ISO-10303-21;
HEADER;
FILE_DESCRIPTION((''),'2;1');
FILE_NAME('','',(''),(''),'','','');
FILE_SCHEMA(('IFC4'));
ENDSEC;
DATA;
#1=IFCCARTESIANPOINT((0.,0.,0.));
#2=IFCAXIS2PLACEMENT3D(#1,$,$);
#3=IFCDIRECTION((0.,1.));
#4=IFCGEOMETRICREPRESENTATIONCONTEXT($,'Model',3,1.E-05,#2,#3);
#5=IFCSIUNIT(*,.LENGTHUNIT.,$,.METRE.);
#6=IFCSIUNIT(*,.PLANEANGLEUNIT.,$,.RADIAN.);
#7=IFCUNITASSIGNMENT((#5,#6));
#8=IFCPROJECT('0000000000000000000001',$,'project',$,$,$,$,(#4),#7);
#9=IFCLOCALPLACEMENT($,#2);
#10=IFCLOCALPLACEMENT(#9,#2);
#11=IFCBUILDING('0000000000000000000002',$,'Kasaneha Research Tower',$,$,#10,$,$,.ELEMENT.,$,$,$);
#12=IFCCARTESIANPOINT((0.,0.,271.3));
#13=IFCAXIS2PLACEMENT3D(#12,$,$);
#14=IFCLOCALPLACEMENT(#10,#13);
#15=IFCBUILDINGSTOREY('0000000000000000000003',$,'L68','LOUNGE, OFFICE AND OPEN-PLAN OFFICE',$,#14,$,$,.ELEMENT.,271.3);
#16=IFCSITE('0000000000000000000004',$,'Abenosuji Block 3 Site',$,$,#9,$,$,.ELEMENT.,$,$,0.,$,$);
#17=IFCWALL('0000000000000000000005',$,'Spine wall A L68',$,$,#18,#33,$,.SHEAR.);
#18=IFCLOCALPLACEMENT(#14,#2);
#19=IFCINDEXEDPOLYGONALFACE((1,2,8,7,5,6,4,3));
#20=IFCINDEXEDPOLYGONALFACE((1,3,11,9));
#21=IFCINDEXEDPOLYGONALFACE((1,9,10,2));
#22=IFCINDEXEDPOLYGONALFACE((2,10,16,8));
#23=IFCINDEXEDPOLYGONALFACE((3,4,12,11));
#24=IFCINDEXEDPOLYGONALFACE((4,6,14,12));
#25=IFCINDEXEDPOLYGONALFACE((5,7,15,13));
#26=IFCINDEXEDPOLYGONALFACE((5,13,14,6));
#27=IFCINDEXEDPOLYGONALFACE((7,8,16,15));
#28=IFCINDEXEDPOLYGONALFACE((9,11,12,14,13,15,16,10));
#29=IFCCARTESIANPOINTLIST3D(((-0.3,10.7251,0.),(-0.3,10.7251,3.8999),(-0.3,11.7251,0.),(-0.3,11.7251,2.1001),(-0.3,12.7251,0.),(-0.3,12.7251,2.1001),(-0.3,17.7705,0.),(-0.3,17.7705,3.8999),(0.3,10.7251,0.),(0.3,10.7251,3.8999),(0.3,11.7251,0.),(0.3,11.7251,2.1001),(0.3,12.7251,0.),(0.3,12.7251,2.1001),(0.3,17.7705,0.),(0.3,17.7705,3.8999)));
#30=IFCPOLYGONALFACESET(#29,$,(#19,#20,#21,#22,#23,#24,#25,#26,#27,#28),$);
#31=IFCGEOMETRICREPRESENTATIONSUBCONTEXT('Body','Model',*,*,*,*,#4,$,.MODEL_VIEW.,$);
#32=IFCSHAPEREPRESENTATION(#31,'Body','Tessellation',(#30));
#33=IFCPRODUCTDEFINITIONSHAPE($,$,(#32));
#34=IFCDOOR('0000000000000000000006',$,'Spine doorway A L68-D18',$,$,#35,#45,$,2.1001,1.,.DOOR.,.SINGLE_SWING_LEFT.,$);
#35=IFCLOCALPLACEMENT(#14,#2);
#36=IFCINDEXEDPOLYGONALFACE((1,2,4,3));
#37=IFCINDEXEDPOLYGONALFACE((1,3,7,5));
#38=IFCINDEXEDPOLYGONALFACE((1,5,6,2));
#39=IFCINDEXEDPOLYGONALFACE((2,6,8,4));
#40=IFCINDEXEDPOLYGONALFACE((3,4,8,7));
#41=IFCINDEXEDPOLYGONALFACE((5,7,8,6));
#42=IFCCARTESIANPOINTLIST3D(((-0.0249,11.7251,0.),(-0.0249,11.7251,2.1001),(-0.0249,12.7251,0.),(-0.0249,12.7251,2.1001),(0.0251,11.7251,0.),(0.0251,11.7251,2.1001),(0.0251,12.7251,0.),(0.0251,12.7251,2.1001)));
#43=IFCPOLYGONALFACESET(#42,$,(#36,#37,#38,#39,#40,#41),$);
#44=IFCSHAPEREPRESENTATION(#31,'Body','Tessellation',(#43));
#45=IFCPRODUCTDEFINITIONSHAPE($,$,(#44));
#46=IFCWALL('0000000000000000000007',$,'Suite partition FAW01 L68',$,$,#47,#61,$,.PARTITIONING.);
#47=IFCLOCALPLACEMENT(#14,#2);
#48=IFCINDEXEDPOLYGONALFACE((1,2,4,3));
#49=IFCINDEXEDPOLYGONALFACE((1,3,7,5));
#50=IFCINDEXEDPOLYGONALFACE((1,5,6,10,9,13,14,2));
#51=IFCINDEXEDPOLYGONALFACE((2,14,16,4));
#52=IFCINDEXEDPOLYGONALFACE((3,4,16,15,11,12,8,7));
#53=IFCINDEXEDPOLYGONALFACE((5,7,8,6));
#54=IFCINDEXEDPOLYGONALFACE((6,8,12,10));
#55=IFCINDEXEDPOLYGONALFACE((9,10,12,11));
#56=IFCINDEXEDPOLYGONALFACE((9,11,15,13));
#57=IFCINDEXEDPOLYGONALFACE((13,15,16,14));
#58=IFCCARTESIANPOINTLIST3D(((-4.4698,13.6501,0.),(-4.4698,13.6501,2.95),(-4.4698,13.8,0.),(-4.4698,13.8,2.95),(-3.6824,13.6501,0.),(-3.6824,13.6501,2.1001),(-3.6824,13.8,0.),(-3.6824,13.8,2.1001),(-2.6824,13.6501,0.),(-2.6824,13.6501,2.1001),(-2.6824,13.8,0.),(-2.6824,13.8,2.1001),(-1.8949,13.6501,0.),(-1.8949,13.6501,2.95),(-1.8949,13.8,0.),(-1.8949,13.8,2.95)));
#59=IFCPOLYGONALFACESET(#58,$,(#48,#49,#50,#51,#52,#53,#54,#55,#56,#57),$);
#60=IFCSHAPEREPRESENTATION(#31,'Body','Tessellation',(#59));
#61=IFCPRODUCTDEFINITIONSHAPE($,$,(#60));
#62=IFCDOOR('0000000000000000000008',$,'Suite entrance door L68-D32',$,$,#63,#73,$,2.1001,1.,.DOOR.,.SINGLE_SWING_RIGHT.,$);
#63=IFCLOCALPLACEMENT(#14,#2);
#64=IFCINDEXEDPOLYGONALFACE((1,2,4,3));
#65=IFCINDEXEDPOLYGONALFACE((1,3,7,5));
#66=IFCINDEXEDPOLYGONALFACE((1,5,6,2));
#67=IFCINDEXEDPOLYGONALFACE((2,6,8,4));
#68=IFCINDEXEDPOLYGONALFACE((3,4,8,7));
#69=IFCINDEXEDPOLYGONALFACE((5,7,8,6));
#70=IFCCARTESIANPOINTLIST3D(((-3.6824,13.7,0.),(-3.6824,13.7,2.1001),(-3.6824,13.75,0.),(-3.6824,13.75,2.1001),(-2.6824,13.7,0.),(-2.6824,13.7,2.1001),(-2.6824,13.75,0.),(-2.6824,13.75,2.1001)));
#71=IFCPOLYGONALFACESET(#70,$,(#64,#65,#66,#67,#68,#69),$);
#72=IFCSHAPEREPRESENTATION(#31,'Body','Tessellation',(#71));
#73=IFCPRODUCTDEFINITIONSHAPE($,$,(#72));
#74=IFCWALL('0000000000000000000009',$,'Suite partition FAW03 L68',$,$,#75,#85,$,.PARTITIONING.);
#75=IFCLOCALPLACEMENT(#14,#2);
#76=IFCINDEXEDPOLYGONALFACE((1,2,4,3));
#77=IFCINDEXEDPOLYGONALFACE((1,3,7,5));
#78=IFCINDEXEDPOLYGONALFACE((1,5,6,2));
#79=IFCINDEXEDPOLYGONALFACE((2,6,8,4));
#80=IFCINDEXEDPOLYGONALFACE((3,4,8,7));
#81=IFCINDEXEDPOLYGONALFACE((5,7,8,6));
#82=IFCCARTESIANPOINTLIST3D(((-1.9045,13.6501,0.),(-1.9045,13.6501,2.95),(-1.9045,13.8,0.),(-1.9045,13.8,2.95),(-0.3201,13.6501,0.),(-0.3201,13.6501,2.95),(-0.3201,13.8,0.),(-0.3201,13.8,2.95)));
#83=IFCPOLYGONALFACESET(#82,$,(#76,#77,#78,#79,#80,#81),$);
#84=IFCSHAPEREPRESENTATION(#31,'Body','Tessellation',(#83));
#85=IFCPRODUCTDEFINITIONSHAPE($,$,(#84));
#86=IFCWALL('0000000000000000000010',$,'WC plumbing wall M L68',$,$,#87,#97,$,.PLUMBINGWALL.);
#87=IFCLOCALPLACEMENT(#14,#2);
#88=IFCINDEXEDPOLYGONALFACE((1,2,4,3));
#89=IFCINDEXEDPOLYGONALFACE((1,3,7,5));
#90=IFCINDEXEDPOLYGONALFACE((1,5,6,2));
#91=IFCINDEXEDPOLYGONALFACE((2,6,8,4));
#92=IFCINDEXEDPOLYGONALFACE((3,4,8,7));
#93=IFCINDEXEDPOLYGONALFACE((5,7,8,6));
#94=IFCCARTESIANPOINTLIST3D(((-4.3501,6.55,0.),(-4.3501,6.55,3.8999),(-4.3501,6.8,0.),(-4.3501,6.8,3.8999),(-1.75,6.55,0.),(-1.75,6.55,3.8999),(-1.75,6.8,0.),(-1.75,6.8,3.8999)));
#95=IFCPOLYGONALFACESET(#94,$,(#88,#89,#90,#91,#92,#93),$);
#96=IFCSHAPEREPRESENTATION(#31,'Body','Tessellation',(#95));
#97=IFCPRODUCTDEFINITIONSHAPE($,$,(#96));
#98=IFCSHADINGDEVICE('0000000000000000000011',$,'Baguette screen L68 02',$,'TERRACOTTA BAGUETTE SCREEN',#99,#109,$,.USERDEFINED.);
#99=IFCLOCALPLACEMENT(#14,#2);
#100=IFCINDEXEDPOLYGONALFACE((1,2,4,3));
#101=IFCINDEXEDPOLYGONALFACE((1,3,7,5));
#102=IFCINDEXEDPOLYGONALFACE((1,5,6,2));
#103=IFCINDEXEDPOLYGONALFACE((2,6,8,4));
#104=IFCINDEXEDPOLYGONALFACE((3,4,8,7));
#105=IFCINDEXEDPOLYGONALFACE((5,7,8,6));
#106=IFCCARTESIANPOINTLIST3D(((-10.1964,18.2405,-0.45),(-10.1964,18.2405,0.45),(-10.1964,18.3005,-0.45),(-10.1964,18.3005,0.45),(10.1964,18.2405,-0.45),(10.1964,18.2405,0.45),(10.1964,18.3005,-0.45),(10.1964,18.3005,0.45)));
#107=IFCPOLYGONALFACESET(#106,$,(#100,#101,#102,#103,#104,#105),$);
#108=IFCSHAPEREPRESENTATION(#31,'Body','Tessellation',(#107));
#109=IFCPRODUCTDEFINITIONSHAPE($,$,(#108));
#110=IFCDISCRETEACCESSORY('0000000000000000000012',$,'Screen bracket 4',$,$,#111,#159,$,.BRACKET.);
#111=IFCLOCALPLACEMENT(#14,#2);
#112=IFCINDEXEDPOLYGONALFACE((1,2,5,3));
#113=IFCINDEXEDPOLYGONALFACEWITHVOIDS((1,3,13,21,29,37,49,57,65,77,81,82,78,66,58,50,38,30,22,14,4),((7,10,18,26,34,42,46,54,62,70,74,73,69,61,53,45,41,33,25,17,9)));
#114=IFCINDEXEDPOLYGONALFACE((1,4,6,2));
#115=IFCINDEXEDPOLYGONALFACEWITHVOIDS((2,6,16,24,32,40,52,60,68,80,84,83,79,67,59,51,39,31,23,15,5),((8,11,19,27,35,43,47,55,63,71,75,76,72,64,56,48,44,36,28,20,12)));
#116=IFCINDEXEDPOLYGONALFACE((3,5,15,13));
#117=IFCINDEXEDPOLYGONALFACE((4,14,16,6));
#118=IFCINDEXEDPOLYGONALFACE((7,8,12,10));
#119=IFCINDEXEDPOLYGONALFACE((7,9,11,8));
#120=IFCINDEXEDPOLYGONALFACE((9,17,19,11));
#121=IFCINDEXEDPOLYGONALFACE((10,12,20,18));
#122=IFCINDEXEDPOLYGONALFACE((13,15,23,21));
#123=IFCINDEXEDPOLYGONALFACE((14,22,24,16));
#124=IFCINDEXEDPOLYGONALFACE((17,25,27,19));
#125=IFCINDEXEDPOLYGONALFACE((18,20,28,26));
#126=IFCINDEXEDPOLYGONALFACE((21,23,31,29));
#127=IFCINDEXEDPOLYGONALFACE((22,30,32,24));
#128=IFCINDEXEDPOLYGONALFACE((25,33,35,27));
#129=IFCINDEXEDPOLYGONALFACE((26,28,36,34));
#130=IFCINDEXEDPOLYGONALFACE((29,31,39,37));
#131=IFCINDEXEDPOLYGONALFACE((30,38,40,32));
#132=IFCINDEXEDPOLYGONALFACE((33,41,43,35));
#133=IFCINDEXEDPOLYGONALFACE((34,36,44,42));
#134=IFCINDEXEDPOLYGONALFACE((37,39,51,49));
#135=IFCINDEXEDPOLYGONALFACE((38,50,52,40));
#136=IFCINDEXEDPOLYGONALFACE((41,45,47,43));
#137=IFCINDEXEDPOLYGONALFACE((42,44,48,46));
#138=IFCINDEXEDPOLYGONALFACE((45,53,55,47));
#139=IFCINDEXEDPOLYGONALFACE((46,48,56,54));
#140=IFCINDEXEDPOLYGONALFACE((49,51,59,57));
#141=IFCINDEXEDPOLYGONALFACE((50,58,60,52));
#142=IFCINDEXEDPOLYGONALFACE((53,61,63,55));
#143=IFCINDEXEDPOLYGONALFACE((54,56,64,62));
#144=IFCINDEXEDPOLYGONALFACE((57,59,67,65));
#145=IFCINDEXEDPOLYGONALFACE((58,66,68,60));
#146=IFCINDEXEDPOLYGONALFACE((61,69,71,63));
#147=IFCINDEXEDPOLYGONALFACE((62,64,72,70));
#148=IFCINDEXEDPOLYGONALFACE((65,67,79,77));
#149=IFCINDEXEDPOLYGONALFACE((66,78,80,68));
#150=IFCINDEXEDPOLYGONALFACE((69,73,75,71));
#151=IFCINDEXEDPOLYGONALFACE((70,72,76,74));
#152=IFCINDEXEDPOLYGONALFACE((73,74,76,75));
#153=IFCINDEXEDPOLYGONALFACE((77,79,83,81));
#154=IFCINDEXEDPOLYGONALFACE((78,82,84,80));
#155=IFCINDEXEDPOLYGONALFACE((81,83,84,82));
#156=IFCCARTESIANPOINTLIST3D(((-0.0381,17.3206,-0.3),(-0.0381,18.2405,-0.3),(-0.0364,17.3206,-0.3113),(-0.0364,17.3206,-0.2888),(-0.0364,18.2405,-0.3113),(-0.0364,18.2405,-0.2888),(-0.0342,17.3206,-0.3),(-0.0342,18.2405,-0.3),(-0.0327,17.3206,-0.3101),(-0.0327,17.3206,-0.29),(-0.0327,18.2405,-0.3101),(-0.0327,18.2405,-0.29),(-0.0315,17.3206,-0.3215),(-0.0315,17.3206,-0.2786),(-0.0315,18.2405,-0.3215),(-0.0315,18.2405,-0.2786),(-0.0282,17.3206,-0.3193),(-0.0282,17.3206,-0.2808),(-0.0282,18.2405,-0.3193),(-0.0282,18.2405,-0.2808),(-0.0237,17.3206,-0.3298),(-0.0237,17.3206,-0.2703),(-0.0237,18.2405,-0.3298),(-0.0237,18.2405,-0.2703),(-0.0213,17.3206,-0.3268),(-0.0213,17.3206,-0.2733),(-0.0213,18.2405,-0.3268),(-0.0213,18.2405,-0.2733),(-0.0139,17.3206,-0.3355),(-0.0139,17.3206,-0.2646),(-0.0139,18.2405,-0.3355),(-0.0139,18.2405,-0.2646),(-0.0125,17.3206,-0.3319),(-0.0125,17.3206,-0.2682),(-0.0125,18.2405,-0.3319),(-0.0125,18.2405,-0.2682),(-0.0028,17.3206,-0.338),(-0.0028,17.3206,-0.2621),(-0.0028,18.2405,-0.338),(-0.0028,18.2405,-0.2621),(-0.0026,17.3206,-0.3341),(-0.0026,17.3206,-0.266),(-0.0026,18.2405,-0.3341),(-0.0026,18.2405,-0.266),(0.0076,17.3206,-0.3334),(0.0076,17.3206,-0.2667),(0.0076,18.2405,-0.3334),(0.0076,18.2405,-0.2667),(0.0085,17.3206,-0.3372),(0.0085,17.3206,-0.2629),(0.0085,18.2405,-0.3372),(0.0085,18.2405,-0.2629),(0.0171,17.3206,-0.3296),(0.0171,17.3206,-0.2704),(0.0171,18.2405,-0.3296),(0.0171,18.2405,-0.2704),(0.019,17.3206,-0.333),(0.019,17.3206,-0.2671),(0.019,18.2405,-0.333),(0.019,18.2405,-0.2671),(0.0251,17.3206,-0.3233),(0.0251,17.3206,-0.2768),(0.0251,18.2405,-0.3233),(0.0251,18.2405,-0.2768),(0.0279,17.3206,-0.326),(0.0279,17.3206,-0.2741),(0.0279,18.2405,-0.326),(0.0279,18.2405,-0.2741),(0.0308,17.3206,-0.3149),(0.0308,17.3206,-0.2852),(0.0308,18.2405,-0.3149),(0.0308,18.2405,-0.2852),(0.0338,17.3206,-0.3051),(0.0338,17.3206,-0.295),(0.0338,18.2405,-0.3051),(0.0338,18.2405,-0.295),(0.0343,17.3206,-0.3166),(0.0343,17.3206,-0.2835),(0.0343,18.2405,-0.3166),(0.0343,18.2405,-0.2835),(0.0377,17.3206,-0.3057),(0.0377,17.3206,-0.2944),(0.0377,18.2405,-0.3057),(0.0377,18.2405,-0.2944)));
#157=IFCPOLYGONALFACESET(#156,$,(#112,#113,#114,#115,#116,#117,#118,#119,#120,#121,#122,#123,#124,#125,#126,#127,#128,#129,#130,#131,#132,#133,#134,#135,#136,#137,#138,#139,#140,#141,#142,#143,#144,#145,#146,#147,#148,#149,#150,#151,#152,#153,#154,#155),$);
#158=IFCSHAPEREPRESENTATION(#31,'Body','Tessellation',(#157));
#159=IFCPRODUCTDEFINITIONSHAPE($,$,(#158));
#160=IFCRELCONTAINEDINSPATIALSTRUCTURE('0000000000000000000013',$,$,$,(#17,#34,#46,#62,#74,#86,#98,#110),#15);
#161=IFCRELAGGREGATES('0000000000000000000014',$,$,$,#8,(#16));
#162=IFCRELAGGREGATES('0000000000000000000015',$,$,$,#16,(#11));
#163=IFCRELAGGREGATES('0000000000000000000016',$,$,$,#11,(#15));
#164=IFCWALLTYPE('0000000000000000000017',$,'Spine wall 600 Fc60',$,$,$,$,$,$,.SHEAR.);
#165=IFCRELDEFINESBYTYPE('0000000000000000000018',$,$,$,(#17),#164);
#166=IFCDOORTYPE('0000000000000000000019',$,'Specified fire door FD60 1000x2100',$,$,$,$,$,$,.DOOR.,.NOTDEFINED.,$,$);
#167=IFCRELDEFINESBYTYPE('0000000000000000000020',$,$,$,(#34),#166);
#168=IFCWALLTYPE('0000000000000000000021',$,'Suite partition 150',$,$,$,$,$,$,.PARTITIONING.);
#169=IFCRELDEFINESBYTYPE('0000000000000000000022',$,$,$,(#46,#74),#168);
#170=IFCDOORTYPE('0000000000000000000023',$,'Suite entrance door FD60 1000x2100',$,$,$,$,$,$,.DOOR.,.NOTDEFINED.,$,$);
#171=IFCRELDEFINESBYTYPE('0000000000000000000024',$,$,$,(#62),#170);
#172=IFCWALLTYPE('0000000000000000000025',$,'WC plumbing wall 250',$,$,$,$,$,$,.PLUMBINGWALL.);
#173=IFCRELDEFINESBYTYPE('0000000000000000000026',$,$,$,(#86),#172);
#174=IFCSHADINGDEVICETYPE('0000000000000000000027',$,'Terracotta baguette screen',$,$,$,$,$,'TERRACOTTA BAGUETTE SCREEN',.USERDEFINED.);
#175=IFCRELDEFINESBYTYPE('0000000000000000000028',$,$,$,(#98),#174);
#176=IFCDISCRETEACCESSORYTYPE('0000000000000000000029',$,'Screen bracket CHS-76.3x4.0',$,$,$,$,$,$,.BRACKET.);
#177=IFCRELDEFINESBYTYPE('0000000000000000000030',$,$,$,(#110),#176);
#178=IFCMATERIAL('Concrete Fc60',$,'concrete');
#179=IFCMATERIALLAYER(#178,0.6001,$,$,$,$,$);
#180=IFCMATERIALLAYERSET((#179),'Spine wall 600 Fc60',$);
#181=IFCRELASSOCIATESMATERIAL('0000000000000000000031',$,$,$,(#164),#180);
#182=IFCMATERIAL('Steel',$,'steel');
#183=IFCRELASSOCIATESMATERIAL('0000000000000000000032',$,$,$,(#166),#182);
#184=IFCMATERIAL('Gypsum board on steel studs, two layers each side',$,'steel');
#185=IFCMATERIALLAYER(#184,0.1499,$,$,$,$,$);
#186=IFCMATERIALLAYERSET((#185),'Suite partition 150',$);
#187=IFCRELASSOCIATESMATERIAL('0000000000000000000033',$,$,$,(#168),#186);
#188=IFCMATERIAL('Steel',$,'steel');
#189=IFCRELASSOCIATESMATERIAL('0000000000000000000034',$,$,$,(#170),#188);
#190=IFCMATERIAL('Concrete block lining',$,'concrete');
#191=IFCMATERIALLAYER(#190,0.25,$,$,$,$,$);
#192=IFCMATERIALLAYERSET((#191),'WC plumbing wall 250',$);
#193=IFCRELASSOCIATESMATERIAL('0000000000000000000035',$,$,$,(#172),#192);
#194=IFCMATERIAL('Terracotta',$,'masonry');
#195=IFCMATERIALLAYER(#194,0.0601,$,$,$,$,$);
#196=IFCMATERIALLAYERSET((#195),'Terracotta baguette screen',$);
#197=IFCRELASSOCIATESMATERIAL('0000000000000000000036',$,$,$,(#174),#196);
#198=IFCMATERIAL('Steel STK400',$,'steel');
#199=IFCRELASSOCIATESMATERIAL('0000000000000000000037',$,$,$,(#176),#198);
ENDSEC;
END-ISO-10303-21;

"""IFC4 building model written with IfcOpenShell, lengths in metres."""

from ifc_helpers import new_model, si_unit, direction, frame, frame_2d, origin, origin_2d, place, context, subcontext, project, spatial, rectangle, hollow_circle, extrude, material, layer, layer_set, material_profile, profile_set, type_object, element, fill, save


model = new_model("IFC4")

# Units and contexts
model_context = context("Model", 3, precision=1e-05, world=origin(), true_north=direction((0.0, 1.0)))
body_context = subcontext(model_context, "Body", "Model", "MODEL_VIEW")
ifc_project = project(units=[si_unit("LENGTHUNIT", "METRE"), si_unit("PLANEANGLEUNIT", "RADIAN")], contexts=[model_context])

# Site, building, storey
site_placement = place(None, origin())
site = spatial("IfcSite", under=ifc_project, at=site_placement, Name="Abenosuji Block 3 Site", CompositionType="ELEMENT", RefElevation=0.0)
building_placement = place(site_placement, origin())
building = spatial("IfcBuilding", under=site, at=building_placement, Name="Kasaneha Research Tower", CompositionType="ELEMENT")
storey_placement = place(building_placement, frame((0.0, 0.0, 271.3)))
storey = spatial("IfcBuildingStorey", under=building, at=storey_placement, Name="L68", Description="LOUNGE, OFFICE AND OPEN-PLAN OFFICE", CompositionType="ELEMENT", Elevation=271.3)

# Walls, openings, doors
ifc_material_1 = material(Name="Concrete Fc60", Category="concrete")
ifc_layer_1 = layer(ifc_material_1, 0.6001)
ifc_layer_set_1 = layer_set([ifc_layer_1], Name="Spine wall 600 Fc60")
wall_type_1 = type_object("IfcWallType", Name="Spine wall 600 Fc60", PredefinedType="SHEAR", material=ifc_layer_set_1)
wall_1_placement = place(storey_placement, frame((0.0, 10.7251, 0.0), z_axis=(0.0, 0.0, 1.0), x_axis=(0.0, 1.0, 0.0)))
wall_1 = element("IfcWall", 1, at=wall_1_placement, inside=storey, type_object=wall_type_1, Name="Spine wall A L68", PredefinedType="SHEAR", context=body_context, shape_type="SweptSolid", body=[
    extrude(rectangle(XDim=7.0454, YDim=0.6001, at=frame_2d((3.5227, 0.0))), origin(), (0.0, 0.0, 1.0), 3.8999),
])
opening_1_placement = place(wall_1_placement, frame((1.0, 0.0, 0.0)))
opening_1 = element("IfcOpeningElement", 2, at=opening_1_placement, cuts=wall_1, PredefinedType="OPENING", context=body_context, shape_type="SweptSolid", body=[
    extrude(rectangle(XDim=1.0, YDim=2.1001, at=frame_2d((0.5, 1.05))), frame((0.0, 0.3101, 0.0), z_axis=(0.0, -1.0, 0.0), x_axis=(1.0, 0.0, 0.0)), (0.0, 0.0, 1.0), 0.6201),
])
ifc_material_2 = material(Name="Steel", Category="steel")
door_type_1 = type_object("IfcDoorType", Name="Specified fire door FD60 1000x2100", OperationType="NOTDEFINED", PredefinedType="DOOR", material=ifc_material_2)
door_1_placement = place(opening_1_placement, origin())
door_1 = element("IfcDoor", 3, at=door_1_placement, inside=storey, type_object=door_type_1, Name="Spine doorway A L68-D18", OperationType="SINGLE_SWING_LEFT", OverallHeight=2.1001, OverallWidth=1.0, PredefinedType="DOOR", context=body_context, shape_type="SweptSolid", body=[
    extrude(rectangle(XDim=1.0, YDim=2.1001, at=frame_2d((0.5, 1.05))), frame((0.0, 0.0249, 0.0), z_axis=(0.0, -1.0, 0.0), x_axis=(1.0, 0.0, 0.0)), (0.0, 0.0, 1.0), 0.05),
])
fill(opening_1, door_1)
ifc_material_3 = material(Name="Gypsum board on steel studs, two layers each side", Category="steel")
ifc_layer_2 = layer(ifc_material_3, 0.1499)
ifc_layer_set_2 = layer_set([ifc_layer_2], Name="Suite partition 150")
wall_type_2 = type_object("IfcWallType", Name="Suite partition 150", PredefinedType="PARTITIONING", material=ifc_layer_set_2)
wall_2_placement = place(storey_placement, frame((-4.47, 13.7251, 0.0), z_axis=(0.0, 0.0, 1.0), x_axis=(1.0, 0.0, 0.0)))
wall_2 = element("IfcWall", 4, at=wall_2_placement, inside=storey, type_object=wall_type_2, Name="Suite partition FAW01 L68", PredefinedType="PARTITIONING", context=body_context, shape_type="SweptSolid", body=[
    extrude(rectangle(XDim=2.575, YDim=0.1499, at=frame_2d((1.2876, 0.0))), origin(), (0.0, 0.0, 1.0), 2.95),
])
opening_2_placement = place(wall_2_placement, frame((0.7876, 0.0, 0.0)))
opening_2 = element("IfcOpeningElement", 5, at=opening_2_placement, cuts=wall_2, PredefinedType="OPENING", context=body_context, shape_type="SweptSolid", body=[
    extrude(rectangle(XDim=1.0, YDim=2.1001, at=frame_2d((0.5, 1.05))), frame((0.0, 0.085, 0.0), z_axis=(0.0, -1.0, 0.0), x_axis=(1.0, 0.0, 0.0)), (0.0, 0.0, 1.0), 0.1699),
])
ifc_material_4 = material(Name="Steel", Category="steel")
door_type_2 = type_object("IfcDoorType", Name="Suite entrance door FD60 1000x2100", OperationType="NOTDEFINED", PredefinedType="DOOR", material=ifc_material_4)
door_2_placement = place(opening_2_placement, origin())
door_2 = element("IfcDoor", 6, at=door_2_placement, inside=storey, type_object=door_type_2, Name="Suite entrance door L68-D32", OperationType="SINGLE_SWING_RIGHT", OverallHeight=2.1001, OverallWidth=1.0, PredefinedType="DOOR", context=body_context, shape_type="SweptSolid", body=[
    extrude(rectangle(XDim=1.0, YDim=2.1001, at=frame_2d((0.5, 1.05))), frame((0.0, 0.0249, 0.0), z_axis=(0.0, -1.0, 0.0), x_axis=(1.0, 0.0, 0.0)), (0.0, 0.0, 1.0), 0.05),
])
fill(opening_2, door_2)

# Walls
wall_3_placement = place(storey_placement, frame((-1.9045, 13.7251, 0.0), z_axis=(0.0, 0.0, 1.0), x_axis=(1.0, 0.0, 0.0)))
element("IfcWall", 7, at=wall_3_placement, inside=storey, type_object=wall_type_2, Name="Suite partition FAW03 L68", PredefinedType="PARTITIONING", context=body_context, shape_type="SweptSolid", body=[
    extrude(rectangle(XDim=1.5845, YDim=0.1499, at=frame_2d((0.7922, 0.0))), origin(), (0.0, 0.0, 1.0), 2.95),
])
ifc_material_5 = material(Name="Concrete block lining", Category="concrete")
ifc_layer_3 = layer(ifc_material_5, 0.25)
ifc_layer_set_3 = layer_set([ifc_layer_3], Name="WC plumbing wall 250")
wall_type_3 = type_object("IfcWallType", Name="WC plumbing wall 250", PredefinedType="PLUMBINGWALL", material=ifc_layer_set_3)
wall_4_placement = place(storey_placement, frame((-4.3501, 6.675, 0.0), z_axis=(0.0, 0.0, 1.0), x_axis=(1.0, 0.0, 0.0)))
element("IfcWall", 8, at=wall_4_placement, inside=storey, type_object=wall_type_3, Name="WC plumbing wall M L68", PredefinedType="PLUMBINGWALL", context=body_context, shape_type="SweptSolid", body=[
    extrude(rectangle(XDim=2.6001, YDim=0.25, at=frame_2d((1.3, 0.0))), origin(), (0.0, 0.0, 1.0), 3.8999),
])

# Shading device
ifc_material_6 = material(Name="Terracotta", Category="masonry")
ifc_layer_4 = layer(ifc_material_6, 0.0601)
ifc_layer_set_4 = layer_set([ifc_layer_4], Name="Terracotta baguette screen")
shading_device_type = type_object("IfcShadingDeviceType", Name="Terracotta baguette screen", ElementType="TERRACOTTA BAGUETTE SCREEN", PredefinedType="USERDEFINED", material=ifc_layer_set_4)
shading_device_placement = place(storey_placement, frame((0.0, 18.2705, -0.45), z_axis=(0.0, 0.0, 1.0), x_axis=(-1.0, 0.0, 0.0)))
element("IfcShadingDevice", 9, at=shading_device_placement, inside=storey, type_object=shading_device_type, Name="Baguette screen L68 02", ObjectType="TERRACOTTA BAGUETTE SCREEN", PredefinedType="USERDEFINED", context=body_context, shape_type="SweptSolid", body=[
    extrude(rectangle(XDim=20.3928, YDim=0.0601, at=origin_2d()), origin(), (0.0, 0.0, 1.0), 0.8999),
])

# Discrete accessory
ifc_material_7 = material(Name="Steel STK400", Category="steel")
ifc_material_profile_1 = material_profile(ifc_material_7, hollow_circle(Radius=0.0381, WallThickness=0.0039, at=origin_2d()), Name="CHS-76.3x4.0")
ifc_profile_set_1 = profile_set([ifc_material_profile_1], Name="Steel STK400")
discrete_accessory_type = type_object("IfcDiscreteAccessoryType", Name="Screen bracket CHS-76.3x4.0", PredefinedType="BRACKET", material=ifc_profile_set_1)
for number, where, z_axis, x_axis, name in (
    (10, (0.0, 17.3206, -0.3), (0.0, 1.0, 0.0), (-1.0, 0.0, 0.0), "Screen bracket 4"),
):
    element("IfcDiscreteAccessory", number, at=place(storey_placement, frame(where, z_axis=z_axis, x_axis=x_axis)), inside=storey, type_object=discrete_accessory_type, Name=name, PredefinedType="BRACKET", context=body_context, shape_type="SweptSolid", body=[
        extrude(hollow_circle(Radius=0.0381, WallThickness=0.0039, at=origin_2d()), origin(), (0.0, 0.0, 1.0), 0.9199),
    ])

save(model, "model.ifc")
